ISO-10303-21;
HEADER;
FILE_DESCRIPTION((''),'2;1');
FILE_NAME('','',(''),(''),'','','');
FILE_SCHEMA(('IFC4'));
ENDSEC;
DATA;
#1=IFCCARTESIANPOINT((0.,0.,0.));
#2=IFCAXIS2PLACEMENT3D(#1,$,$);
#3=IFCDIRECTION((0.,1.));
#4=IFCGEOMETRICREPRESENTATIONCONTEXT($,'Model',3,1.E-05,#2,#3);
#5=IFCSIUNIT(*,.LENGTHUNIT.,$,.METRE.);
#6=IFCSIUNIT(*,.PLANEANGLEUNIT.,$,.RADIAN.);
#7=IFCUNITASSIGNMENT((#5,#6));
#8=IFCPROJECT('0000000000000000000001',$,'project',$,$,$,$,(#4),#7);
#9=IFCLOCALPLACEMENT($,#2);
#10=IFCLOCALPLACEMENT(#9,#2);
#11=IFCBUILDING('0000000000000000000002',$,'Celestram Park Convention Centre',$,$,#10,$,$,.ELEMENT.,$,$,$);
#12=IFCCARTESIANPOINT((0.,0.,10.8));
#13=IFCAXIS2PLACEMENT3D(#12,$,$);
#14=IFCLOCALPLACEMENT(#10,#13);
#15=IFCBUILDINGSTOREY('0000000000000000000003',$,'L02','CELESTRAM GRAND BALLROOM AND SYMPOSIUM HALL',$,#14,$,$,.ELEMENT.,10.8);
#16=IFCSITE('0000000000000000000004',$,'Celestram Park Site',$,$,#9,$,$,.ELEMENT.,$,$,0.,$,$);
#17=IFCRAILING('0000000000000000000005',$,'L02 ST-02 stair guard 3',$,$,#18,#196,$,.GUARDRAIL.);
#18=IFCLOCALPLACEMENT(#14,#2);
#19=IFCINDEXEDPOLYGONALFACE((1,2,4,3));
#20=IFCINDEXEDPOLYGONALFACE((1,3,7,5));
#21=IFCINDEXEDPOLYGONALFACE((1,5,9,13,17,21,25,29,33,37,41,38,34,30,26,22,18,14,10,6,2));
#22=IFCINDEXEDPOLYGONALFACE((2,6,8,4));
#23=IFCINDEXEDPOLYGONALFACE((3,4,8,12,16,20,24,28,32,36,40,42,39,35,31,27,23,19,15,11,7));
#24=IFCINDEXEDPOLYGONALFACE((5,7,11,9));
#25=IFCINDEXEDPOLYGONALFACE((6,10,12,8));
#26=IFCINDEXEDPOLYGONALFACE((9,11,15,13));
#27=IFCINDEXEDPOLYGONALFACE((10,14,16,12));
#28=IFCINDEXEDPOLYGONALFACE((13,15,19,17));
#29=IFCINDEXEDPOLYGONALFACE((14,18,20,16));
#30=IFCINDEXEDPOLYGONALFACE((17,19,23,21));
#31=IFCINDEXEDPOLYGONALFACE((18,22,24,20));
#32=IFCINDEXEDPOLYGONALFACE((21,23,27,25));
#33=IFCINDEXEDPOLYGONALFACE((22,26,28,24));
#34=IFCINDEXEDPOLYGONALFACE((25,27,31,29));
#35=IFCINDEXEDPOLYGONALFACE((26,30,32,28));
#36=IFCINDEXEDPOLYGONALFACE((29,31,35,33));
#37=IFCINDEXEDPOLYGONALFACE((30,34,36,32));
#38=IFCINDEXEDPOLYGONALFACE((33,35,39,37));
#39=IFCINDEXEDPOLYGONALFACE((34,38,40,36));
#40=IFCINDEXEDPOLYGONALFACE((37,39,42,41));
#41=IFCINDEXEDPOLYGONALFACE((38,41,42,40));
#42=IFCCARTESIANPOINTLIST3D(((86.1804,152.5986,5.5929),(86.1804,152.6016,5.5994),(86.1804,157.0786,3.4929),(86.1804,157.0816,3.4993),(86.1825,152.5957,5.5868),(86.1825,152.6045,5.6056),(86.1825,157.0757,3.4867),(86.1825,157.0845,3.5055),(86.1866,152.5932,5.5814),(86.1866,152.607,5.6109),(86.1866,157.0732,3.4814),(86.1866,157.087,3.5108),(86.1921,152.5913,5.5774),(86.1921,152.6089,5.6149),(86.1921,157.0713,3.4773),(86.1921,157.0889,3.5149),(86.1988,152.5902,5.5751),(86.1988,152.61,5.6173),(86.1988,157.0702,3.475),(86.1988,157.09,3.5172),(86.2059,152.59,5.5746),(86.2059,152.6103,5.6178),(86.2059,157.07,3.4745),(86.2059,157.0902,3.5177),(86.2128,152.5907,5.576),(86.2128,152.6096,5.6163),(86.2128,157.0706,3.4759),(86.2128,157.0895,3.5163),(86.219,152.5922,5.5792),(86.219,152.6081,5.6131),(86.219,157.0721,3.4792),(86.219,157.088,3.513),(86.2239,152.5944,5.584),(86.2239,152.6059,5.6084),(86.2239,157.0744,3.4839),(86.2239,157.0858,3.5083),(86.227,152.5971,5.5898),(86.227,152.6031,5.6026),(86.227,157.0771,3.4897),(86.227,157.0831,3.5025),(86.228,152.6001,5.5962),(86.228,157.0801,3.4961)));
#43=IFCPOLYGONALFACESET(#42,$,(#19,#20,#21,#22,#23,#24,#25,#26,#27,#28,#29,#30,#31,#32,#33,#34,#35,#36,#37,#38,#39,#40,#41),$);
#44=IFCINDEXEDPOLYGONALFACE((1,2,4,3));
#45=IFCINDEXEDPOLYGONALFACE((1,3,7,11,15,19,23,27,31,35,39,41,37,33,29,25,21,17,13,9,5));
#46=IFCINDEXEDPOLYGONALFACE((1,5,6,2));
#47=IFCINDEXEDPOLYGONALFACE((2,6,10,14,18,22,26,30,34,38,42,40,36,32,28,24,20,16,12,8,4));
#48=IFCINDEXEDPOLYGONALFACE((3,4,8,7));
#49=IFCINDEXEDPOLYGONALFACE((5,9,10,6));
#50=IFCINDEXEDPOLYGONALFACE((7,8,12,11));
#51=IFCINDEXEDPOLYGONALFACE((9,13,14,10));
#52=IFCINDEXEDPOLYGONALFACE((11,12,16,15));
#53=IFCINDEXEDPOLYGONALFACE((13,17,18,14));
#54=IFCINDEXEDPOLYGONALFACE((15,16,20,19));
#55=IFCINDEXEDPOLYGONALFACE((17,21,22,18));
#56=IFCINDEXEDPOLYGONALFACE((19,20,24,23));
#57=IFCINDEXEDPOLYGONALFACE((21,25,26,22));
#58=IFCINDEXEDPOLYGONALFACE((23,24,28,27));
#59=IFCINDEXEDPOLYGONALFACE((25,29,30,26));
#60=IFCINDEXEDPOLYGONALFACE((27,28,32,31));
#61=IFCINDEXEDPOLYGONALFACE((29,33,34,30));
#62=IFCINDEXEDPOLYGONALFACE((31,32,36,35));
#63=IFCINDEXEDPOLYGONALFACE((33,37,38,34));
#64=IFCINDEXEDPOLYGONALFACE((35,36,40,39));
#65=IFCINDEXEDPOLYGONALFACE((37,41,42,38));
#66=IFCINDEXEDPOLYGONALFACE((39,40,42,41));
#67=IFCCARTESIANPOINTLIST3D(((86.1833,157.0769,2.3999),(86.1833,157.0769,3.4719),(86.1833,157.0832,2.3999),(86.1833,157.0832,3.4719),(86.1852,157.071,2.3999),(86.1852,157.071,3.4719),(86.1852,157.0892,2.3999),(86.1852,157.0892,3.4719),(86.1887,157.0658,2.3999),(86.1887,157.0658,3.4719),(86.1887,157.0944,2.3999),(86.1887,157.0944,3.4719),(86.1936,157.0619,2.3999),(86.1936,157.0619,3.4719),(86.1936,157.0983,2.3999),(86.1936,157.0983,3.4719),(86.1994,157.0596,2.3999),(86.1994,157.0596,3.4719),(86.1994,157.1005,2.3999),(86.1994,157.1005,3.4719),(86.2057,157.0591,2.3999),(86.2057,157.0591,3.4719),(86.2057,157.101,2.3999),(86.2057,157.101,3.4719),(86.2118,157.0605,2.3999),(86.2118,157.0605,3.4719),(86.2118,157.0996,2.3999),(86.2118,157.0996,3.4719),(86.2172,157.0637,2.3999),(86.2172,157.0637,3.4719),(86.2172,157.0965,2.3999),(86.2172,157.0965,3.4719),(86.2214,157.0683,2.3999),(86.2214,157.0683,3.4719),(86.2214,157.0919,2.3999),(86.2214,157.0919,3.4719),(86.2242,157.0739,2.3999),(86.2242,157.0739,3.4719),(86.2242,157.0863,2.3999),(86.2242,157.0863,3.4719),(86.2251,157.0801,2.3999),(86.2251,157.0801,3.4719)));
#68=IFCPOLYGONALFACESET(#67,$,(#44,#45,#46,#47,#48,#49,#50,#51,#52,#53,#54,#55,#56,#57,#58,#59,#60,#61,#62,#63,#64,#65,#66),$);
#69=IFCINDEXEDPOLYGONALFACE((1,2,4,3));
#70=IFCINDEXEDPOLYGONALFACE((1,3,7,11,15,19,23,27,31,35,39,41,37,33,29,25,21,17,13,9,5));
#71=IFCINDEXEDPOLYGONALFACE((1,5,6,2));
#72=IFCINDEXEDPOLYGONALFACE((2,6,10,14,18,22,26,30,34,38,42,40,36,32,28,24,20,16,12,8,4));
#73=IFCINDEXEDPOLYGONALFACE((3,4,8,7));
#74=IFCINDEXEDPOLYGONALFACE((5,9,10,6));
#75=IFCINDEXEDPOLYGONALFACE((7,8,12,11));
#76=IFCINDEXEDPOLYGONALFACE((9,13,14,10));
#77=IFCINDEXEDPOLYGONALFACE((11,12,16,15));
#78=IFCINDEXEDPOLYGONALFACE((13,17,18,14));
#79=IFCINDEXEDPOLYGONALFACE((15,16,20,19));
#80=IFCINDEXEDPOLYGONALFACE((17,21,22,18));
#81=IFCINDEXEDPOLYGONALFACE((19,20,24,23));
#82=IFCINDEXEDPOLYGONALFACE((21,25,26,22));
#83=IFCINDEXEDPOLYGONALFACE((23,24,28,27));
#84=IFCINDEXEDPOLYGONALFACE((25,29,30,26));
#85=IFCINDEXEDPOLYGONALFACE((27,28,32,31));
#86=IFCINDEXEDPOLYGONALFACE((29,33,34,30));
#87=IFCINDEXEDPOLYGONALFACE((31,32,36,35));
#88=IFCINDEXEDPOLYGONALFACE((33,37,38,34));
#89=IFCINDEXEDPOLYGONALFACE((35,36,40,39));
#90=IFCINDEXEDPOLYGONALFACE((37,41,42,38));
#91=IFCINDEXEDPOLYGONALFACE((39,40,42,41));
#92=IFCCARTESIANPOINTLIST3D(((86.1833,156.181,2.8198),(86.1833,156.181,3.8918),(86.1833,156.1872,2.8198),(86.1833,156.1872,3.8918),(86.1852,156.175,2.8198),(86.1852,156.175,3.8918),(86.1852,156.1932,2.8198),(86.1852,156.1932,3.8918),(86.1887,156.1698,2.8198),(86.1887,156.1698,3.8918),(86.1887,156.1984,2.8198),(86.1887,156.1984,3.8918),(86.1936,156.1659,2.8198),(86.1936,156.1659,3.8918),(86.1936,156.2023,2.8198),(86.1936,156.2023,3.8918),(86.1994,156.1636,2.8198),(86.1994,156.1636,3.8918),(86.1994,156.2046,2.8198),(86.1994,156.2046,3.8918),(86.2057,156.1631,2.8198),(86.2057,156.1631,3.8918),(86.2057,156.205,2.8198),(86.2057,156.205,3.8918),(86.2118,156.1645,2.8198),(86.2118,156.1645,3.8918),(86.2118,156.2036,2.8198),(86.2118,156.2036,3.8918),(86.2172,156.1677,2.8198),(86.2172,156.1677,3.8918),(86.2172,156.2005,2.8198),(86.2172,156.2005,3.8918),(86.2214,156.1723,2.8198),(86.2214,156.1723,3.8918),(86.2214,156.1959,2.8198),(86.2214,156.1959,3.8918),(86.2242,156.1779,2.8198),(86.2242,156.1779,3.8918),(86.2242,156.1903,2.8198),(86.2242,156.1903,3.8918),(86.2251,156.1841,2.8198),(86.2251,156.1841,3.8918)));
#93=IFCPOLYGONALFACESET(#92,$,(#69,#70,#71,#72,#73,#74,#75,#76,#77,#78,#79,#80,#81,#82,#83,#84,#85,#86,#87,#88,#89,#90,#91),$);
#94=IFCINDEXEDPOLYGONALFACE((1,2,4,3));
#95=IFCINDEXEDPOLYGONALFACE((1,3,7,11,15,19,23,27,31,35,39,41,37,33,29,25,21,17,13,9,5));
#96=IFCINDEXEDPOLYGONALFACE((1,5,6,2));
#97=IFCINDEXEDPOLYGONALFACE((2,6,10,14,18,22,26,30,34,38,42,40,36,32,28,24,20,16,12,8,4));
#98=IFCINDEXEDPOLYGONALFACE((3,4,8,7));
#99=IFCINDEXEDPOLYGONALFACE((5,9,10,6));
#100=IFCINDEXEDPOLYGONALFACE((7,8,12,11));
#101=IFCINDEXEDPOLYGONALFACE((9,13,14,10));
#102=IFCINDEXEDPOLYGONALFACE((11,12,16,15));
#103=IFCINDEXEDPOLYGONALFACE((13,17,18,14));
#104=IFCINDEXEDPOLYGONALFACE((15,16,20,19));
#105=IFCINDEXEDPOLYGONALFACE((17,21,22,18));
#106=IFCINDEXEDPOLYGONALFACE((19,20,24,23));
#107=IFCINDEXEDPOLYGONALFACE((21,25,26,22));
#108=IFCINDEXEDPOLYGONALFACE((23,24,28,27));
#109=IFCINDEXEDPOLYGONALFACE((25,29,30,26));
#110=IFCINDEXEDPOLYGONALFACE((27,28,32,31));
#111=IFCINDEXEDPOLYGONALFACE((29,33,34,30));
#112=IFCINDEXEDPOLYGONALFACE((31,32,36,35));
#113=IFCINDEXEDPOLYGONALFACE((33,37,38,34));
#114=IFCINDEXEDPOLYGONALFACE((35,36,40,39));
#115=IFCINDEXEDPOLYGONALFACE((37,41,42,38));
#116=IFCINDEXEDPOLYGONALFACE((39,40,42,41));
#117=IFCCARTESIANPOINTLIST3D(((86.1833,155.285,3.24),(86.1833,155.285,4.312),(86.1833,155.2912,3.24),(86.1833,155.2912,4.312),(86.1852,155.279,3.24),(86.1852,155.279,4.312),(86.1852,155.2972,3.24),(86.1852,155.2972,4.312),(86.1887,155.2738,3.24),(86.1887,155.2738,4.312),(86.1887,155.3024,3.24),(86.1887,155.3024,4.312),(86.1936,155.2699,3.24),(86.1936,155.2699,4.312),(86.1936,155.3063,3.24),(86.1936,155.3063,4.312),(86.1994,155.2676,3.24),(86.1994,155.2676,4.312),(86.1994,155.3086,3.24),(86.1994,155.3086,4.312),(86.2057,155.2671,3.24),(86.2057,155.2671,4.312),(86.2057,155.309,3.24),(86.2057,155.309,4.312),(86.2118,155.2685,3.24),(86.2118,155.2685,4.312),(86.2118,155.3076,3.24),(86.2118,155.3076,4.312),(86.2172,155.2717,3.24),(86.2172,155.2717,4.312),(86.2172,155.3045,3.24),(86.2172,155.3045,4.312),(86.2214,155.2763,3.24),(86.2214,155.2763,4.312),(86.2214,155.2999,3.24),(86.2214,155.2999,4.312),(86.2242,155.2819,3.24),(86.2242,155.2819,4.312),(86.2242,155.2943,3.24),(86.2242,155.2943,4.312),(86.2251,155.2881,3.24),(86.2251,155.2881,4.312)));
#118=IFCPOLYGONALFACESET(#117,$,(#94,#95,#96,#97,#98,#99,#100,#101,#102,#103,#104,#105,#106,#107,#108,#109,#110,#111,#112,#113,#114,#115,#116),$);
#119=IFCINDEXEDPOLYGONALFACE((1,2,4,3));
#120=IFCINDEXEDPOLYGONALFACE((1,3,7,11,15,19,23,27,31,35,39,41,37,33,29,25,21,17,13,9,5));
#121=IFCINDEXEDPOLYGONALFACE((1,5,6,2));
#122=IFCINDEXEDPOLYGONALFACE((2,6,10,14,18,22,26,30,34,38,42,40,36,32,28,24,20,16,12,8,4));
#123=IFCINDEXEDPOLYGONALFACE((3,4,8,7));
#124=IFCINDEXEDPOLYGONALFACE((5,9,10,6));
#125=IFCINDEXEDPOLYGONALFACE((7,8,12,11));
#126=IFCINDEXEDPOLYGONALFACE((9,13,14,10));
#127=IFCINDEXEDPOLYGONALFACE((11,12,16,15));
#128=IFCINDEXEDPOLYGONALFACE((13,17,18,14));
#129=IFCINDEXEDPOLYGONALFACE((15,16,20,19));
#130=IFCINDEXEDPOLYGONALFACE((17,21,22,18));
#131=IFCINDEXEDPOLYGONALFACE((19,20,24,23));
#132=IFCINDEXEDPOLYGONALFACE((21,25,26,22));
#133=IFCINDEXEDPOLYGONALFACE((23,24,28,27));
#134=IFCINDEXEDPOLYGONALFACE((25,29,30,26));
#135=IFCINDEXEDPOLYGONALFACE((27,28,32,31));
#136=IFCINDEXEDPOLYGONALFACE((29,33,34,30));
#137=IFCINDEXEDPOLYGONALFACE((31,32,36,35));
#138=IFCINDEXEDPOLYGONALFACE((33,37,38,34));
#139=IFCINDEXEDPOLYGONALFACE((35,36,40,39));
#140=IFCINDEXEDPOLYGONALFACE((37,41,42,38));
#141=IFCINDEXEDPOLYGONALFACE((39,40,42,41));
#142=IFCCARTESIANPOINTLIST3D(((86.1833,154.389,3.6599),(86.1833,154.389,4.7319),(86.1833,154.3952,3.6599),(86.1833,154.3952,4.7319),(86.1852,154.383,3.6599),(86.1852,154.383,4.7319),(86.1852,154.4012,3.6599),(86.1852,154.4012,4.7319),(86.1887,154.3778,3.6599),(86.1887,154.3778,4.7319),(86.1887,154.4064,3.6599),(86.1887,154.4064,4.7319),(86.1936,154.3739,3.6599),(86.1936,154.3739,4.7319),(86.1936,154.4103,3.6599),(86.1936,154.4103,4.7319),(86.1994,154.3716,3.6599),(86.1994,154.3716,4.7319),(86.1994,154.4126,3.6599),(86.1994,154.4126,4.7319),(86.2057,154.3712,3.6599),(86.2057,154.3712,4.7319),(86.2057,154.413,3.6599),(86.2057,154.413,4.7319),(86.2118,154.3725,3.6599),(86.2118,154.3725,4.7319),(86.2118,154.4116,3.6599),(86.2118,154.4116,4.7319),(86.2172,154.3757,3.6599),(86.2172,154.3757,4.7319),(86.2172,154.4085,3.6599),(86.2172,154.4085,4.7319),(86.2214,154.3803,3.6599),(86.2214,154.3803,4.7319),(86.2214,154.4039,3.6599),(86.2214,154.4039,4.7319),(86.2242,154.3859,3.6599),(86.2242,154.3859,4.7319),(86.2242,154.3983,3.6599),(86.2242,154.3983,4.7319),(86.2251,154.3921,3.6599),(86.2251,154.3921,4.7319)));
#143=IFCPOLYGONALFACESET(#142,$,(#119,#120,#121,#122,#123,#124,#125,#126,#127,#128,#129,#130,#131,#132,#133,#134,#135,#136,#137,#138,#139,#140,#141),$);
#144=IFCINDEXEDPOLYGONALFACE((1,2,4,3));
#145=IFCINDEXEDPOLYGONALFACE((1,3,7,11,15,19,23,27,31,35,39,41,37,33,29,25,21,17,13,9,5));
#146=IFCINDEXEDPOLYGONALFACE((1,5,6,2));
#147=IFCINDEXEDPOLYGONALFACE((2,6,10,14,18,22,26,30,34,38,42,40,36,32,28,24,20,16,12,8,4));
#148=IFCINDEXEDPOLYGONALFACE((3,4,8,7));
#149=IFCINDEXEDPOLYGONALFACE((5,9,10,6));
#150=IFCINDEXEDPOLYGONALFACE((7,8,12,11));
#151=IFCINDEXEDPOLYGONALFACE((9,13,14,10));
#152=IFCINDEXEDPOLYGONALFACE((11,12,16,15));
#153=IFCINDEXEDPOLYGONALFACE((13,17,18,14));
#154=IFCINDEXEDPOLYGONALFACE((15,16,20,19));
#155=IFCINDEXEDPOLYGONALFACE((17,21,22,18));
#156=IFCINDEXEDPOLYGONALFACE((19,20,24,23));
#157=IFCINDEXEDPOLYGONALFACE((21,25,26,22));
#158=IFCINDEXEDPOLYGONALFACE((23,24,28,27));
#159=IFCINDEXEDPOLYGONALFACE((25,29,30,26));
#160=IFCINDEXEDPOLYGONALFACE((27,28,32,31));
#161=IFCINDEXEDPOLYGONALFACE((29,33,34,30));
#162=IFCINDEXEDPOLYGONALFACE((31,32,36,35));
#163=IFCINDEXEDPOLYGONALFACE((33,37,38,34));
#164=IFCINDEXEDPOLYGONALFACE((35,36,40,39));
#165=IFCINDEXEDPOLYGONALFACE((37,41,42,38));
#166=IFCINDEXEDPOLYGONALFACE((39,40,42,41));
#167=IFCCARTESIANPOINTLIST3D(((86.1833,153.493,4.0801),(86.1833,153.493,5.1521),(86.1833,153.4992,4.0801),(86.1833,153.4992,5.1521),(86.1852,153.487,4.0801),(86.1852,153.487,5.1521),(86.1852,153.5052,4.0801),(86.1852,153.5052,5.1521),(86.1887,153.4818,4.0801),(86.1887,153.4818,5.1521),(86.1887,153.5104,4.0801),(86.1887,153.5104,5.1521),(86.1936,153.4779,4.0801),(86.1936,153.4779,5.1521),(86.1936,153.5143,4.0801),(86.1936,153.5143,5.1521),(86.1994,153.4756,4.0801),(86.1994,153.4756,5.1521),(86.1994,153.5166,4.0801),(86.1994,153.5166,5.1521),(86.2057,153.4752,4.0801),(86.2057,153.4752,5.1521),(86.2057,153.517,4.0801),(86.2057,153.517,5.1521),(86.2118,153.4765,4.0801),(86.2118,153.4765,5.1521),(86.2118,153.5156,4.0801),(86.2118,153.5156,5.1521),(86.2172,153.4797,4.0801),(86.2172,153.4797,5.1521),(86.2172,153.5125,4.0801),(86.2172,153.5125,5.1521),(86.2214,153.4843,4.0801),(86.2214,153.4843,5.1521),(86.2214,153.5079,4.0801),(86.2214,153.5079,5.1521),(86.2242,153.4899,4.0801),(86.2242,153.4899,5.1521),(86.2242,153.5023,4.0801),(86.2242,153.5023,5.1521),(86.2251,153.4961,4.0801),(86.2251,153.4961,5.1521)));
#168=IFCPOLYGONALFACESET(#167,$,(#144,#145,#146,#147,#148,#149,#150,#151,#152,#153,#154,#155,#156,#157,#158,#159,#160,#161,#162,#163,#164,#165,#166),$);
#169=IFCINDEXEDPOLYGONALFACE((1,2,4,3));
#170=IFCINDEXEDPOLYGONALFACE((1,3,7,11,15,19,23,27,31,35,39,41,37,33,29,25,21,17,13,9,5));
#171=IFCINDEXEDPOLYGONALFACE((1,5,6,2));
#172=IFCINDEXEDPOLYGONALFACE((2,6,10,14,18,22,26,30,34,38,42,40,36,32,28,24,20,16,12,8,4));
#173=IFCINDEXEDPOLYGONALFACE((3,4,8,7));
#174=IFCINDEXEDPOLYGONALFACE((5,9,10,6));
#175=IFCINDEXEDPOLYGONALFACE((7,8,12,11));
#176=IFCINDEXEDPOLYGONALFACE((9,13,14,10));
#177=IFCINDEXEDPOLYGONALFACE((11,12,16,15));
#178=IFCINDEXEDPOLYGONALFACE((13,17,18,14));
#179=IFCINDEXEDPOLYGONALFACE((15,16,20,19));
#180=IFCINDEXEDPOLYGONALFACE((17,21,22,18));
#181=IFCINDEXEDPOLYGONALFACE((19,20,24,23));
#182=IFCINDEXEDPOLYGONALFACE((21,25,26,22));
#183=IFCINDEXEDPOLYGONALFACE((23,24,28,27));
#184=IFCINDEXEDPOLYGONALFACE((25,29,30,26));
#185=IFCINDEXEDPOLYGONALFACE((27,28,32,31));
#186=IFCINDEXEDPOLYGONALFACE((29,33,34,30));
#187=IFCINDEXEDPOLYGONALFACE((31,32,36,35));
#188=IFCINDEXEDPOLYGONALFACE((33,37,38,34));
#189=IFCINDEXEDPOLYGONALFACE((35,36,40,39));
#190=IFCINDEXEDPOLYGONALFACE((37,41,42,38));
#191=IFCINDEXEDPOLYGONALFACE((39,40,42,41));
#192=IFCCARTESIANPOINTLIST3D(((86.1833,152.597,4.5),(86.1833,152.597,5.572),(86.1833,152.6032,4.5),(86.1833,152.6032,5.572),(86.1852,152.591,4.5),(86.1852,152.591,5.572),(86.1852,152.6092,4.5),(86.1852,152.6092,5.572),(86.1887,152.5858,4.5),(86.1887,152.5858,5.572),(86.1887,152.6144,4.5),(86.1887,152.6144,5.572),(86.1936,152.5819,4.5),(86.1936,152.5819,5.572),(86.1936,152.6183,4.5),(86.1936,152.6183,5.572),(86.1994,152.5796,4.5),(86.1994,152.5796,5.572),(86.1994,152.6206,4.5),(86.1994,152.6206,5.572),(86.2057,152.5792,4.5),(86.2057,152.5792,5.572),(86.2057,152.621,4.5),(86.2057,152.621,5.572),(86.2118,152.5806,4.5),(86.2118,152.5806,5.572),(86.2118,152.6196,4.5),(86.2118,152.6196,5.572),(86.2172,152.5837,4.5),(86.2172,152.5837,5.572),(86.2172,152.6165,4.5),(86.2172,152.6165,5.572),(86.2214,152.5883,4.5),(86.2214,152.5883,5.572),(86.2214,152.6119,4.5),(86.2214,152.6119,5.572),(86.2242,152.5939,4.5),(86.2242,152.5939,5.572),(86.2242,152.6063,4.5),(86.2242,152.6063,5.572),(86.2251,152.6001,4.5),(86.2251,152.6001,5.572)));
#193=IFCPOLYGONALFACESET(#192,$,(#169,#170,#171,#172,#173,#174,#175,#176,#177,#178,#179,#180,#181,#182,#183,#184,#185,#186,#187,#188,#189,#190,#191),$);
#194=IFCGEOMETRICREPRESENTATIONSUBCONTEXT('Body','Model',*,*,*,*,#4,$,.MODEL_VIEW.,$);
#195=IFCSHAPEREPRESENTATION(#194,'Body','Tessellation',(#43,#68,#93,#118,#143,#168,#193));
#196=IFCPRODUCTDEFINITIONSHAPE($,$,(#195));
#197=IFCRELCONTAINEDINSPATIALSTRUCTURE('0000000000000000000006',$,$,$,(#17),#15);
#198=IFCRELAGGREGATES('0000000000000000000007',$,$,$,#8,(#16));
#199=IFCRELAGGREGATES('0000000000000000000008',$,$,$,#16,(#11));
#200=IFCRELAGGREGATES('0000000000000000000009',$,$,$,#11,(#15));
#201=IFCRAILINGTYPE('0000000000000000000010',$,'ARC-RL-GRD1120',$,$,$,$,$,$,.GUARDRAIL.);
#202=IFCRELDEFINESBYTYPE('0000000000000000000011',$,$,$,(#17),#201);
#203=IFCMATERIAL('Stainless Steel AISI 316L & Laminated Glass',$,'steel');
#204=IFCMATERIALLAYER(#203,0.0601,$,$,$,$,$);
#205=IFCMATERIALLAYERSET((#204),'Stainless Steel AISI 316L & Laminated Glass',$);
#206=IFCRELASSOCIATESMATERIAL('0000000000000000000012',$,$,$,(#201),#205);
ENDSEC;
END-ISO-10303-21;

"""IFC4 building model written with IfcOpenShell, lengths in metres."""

from ifc_helpers import new_model, si_unit, direction, frame, origin, origin_2d, place, context, subcontext, project, spatial, circle, extrude, material, layer, layer_set, type_object, element, save


model = new_model("IFC4")

# Units and contexts
model_context = context("Model", 3, precision=1e-05, world=origin(), true_north=direction((0.0, 1.0)))
body_context = subcontext(model_context, "Body", "Model", "MODEL_VIEW")
ifc_project = project(units=[si_unit("LENGTHUNIT", "METRE"), si_unit("PLANEANGLEUNIT", "RADIAN")], contexts=[model_context])

# Site, building, storey
site_placement = place(None, origin())
site = spatial("IfcSite", under=ifc_project, at=site_placement, Name="Celestram Park Site", CompositionType="ELEMENT", RefElevation=0.0)
building_placement = place(site_placement, origin())
building = spatial("IfcBuilding", under=site, at=building_placement, Name="Celestram Park Convention Centre", CompositionType="ELEMENT")
storey_placement = place(building_placement, frame((0.0, 0.0, 10.8)))
storey = spatial("IfcBuildingStorey", under=building, at=storey_placement, Name="L02", Description="CELESTRAM GRAND BALLROOM AND SYMPOSIUM HALL", CompositionType="ELEMENT", Elevation=10.8)

# Railing
ifc_material_1 = material(Name="Stainless Steel AISI 316L & Laminated Glass", Category="steel")
ifc_layer_1 = layer(ifc_material_1, 0.0601)
ifc_layer_set_1 = layer_set([ifc_layer_1], Name="Stainless Steel AISI 316L & Laminated Glass")
railing_type_1 = type_object("IfcRailingType", Name="ARC-RL-GRD1120", PredefinedType="GUARDRAIL", material=ifc_layer_set_1)
railing_1_placement = place(storey_placement, frame((86.2041, 157.0801, 2.3999)))
element("IfcRailing", 1, at=railing_1_placement, inside=storey, type_object=railing_type_1, Name="L02 ST-02 stair guard 3", PredefinedType="GUARDRAIL", context=body_context, shape_type="SweptSolid", body=[
    extrude(circle(Radius=0.0239, at=origin_2d()), frame((0.0, 0.0, 1.0962), z_axis=(0.0, -0.905451, 0.424452), x_axis=(1.0, 0.0, 0.0)), (0.0, 0.0, 1.0), 4.9478),
    extrude(circle(Radius=0.021, at=origin_2d()), origin(), (0.0, 0.0, 1.0), 1.072),
    extrude(circle(Radius=0.021, at=origin_2d()), frame((0.0, -0.896, 0.4199)), (0.0, 0.0, 1.0), 1.072),
    extrude(circle(Radius=0.021, at=origin_2d()), frame((0.0, -1.792, 0.8401)), (0.0, 0.0, 1.0), 1.072),
    extrude(circle(Radius=0.021, at=origin_2d()), frame((0.0, -2.688, 1.26)), (0.0, 0.0, 1.0), 1.072),
    extrude(circle(Radius=0.021, at=origin_2d()), frame((0.0, -3.584, 1.6802)), (0.0, 0.0, 1.0), 1.072),
    extrude(circle(Radius=0.021, at=origin_2d()), frame((0.0, -4.48, 2.1001)), (0.0, 0.0, 1.0), 1.072),
])

save(model, "model.ifc")
